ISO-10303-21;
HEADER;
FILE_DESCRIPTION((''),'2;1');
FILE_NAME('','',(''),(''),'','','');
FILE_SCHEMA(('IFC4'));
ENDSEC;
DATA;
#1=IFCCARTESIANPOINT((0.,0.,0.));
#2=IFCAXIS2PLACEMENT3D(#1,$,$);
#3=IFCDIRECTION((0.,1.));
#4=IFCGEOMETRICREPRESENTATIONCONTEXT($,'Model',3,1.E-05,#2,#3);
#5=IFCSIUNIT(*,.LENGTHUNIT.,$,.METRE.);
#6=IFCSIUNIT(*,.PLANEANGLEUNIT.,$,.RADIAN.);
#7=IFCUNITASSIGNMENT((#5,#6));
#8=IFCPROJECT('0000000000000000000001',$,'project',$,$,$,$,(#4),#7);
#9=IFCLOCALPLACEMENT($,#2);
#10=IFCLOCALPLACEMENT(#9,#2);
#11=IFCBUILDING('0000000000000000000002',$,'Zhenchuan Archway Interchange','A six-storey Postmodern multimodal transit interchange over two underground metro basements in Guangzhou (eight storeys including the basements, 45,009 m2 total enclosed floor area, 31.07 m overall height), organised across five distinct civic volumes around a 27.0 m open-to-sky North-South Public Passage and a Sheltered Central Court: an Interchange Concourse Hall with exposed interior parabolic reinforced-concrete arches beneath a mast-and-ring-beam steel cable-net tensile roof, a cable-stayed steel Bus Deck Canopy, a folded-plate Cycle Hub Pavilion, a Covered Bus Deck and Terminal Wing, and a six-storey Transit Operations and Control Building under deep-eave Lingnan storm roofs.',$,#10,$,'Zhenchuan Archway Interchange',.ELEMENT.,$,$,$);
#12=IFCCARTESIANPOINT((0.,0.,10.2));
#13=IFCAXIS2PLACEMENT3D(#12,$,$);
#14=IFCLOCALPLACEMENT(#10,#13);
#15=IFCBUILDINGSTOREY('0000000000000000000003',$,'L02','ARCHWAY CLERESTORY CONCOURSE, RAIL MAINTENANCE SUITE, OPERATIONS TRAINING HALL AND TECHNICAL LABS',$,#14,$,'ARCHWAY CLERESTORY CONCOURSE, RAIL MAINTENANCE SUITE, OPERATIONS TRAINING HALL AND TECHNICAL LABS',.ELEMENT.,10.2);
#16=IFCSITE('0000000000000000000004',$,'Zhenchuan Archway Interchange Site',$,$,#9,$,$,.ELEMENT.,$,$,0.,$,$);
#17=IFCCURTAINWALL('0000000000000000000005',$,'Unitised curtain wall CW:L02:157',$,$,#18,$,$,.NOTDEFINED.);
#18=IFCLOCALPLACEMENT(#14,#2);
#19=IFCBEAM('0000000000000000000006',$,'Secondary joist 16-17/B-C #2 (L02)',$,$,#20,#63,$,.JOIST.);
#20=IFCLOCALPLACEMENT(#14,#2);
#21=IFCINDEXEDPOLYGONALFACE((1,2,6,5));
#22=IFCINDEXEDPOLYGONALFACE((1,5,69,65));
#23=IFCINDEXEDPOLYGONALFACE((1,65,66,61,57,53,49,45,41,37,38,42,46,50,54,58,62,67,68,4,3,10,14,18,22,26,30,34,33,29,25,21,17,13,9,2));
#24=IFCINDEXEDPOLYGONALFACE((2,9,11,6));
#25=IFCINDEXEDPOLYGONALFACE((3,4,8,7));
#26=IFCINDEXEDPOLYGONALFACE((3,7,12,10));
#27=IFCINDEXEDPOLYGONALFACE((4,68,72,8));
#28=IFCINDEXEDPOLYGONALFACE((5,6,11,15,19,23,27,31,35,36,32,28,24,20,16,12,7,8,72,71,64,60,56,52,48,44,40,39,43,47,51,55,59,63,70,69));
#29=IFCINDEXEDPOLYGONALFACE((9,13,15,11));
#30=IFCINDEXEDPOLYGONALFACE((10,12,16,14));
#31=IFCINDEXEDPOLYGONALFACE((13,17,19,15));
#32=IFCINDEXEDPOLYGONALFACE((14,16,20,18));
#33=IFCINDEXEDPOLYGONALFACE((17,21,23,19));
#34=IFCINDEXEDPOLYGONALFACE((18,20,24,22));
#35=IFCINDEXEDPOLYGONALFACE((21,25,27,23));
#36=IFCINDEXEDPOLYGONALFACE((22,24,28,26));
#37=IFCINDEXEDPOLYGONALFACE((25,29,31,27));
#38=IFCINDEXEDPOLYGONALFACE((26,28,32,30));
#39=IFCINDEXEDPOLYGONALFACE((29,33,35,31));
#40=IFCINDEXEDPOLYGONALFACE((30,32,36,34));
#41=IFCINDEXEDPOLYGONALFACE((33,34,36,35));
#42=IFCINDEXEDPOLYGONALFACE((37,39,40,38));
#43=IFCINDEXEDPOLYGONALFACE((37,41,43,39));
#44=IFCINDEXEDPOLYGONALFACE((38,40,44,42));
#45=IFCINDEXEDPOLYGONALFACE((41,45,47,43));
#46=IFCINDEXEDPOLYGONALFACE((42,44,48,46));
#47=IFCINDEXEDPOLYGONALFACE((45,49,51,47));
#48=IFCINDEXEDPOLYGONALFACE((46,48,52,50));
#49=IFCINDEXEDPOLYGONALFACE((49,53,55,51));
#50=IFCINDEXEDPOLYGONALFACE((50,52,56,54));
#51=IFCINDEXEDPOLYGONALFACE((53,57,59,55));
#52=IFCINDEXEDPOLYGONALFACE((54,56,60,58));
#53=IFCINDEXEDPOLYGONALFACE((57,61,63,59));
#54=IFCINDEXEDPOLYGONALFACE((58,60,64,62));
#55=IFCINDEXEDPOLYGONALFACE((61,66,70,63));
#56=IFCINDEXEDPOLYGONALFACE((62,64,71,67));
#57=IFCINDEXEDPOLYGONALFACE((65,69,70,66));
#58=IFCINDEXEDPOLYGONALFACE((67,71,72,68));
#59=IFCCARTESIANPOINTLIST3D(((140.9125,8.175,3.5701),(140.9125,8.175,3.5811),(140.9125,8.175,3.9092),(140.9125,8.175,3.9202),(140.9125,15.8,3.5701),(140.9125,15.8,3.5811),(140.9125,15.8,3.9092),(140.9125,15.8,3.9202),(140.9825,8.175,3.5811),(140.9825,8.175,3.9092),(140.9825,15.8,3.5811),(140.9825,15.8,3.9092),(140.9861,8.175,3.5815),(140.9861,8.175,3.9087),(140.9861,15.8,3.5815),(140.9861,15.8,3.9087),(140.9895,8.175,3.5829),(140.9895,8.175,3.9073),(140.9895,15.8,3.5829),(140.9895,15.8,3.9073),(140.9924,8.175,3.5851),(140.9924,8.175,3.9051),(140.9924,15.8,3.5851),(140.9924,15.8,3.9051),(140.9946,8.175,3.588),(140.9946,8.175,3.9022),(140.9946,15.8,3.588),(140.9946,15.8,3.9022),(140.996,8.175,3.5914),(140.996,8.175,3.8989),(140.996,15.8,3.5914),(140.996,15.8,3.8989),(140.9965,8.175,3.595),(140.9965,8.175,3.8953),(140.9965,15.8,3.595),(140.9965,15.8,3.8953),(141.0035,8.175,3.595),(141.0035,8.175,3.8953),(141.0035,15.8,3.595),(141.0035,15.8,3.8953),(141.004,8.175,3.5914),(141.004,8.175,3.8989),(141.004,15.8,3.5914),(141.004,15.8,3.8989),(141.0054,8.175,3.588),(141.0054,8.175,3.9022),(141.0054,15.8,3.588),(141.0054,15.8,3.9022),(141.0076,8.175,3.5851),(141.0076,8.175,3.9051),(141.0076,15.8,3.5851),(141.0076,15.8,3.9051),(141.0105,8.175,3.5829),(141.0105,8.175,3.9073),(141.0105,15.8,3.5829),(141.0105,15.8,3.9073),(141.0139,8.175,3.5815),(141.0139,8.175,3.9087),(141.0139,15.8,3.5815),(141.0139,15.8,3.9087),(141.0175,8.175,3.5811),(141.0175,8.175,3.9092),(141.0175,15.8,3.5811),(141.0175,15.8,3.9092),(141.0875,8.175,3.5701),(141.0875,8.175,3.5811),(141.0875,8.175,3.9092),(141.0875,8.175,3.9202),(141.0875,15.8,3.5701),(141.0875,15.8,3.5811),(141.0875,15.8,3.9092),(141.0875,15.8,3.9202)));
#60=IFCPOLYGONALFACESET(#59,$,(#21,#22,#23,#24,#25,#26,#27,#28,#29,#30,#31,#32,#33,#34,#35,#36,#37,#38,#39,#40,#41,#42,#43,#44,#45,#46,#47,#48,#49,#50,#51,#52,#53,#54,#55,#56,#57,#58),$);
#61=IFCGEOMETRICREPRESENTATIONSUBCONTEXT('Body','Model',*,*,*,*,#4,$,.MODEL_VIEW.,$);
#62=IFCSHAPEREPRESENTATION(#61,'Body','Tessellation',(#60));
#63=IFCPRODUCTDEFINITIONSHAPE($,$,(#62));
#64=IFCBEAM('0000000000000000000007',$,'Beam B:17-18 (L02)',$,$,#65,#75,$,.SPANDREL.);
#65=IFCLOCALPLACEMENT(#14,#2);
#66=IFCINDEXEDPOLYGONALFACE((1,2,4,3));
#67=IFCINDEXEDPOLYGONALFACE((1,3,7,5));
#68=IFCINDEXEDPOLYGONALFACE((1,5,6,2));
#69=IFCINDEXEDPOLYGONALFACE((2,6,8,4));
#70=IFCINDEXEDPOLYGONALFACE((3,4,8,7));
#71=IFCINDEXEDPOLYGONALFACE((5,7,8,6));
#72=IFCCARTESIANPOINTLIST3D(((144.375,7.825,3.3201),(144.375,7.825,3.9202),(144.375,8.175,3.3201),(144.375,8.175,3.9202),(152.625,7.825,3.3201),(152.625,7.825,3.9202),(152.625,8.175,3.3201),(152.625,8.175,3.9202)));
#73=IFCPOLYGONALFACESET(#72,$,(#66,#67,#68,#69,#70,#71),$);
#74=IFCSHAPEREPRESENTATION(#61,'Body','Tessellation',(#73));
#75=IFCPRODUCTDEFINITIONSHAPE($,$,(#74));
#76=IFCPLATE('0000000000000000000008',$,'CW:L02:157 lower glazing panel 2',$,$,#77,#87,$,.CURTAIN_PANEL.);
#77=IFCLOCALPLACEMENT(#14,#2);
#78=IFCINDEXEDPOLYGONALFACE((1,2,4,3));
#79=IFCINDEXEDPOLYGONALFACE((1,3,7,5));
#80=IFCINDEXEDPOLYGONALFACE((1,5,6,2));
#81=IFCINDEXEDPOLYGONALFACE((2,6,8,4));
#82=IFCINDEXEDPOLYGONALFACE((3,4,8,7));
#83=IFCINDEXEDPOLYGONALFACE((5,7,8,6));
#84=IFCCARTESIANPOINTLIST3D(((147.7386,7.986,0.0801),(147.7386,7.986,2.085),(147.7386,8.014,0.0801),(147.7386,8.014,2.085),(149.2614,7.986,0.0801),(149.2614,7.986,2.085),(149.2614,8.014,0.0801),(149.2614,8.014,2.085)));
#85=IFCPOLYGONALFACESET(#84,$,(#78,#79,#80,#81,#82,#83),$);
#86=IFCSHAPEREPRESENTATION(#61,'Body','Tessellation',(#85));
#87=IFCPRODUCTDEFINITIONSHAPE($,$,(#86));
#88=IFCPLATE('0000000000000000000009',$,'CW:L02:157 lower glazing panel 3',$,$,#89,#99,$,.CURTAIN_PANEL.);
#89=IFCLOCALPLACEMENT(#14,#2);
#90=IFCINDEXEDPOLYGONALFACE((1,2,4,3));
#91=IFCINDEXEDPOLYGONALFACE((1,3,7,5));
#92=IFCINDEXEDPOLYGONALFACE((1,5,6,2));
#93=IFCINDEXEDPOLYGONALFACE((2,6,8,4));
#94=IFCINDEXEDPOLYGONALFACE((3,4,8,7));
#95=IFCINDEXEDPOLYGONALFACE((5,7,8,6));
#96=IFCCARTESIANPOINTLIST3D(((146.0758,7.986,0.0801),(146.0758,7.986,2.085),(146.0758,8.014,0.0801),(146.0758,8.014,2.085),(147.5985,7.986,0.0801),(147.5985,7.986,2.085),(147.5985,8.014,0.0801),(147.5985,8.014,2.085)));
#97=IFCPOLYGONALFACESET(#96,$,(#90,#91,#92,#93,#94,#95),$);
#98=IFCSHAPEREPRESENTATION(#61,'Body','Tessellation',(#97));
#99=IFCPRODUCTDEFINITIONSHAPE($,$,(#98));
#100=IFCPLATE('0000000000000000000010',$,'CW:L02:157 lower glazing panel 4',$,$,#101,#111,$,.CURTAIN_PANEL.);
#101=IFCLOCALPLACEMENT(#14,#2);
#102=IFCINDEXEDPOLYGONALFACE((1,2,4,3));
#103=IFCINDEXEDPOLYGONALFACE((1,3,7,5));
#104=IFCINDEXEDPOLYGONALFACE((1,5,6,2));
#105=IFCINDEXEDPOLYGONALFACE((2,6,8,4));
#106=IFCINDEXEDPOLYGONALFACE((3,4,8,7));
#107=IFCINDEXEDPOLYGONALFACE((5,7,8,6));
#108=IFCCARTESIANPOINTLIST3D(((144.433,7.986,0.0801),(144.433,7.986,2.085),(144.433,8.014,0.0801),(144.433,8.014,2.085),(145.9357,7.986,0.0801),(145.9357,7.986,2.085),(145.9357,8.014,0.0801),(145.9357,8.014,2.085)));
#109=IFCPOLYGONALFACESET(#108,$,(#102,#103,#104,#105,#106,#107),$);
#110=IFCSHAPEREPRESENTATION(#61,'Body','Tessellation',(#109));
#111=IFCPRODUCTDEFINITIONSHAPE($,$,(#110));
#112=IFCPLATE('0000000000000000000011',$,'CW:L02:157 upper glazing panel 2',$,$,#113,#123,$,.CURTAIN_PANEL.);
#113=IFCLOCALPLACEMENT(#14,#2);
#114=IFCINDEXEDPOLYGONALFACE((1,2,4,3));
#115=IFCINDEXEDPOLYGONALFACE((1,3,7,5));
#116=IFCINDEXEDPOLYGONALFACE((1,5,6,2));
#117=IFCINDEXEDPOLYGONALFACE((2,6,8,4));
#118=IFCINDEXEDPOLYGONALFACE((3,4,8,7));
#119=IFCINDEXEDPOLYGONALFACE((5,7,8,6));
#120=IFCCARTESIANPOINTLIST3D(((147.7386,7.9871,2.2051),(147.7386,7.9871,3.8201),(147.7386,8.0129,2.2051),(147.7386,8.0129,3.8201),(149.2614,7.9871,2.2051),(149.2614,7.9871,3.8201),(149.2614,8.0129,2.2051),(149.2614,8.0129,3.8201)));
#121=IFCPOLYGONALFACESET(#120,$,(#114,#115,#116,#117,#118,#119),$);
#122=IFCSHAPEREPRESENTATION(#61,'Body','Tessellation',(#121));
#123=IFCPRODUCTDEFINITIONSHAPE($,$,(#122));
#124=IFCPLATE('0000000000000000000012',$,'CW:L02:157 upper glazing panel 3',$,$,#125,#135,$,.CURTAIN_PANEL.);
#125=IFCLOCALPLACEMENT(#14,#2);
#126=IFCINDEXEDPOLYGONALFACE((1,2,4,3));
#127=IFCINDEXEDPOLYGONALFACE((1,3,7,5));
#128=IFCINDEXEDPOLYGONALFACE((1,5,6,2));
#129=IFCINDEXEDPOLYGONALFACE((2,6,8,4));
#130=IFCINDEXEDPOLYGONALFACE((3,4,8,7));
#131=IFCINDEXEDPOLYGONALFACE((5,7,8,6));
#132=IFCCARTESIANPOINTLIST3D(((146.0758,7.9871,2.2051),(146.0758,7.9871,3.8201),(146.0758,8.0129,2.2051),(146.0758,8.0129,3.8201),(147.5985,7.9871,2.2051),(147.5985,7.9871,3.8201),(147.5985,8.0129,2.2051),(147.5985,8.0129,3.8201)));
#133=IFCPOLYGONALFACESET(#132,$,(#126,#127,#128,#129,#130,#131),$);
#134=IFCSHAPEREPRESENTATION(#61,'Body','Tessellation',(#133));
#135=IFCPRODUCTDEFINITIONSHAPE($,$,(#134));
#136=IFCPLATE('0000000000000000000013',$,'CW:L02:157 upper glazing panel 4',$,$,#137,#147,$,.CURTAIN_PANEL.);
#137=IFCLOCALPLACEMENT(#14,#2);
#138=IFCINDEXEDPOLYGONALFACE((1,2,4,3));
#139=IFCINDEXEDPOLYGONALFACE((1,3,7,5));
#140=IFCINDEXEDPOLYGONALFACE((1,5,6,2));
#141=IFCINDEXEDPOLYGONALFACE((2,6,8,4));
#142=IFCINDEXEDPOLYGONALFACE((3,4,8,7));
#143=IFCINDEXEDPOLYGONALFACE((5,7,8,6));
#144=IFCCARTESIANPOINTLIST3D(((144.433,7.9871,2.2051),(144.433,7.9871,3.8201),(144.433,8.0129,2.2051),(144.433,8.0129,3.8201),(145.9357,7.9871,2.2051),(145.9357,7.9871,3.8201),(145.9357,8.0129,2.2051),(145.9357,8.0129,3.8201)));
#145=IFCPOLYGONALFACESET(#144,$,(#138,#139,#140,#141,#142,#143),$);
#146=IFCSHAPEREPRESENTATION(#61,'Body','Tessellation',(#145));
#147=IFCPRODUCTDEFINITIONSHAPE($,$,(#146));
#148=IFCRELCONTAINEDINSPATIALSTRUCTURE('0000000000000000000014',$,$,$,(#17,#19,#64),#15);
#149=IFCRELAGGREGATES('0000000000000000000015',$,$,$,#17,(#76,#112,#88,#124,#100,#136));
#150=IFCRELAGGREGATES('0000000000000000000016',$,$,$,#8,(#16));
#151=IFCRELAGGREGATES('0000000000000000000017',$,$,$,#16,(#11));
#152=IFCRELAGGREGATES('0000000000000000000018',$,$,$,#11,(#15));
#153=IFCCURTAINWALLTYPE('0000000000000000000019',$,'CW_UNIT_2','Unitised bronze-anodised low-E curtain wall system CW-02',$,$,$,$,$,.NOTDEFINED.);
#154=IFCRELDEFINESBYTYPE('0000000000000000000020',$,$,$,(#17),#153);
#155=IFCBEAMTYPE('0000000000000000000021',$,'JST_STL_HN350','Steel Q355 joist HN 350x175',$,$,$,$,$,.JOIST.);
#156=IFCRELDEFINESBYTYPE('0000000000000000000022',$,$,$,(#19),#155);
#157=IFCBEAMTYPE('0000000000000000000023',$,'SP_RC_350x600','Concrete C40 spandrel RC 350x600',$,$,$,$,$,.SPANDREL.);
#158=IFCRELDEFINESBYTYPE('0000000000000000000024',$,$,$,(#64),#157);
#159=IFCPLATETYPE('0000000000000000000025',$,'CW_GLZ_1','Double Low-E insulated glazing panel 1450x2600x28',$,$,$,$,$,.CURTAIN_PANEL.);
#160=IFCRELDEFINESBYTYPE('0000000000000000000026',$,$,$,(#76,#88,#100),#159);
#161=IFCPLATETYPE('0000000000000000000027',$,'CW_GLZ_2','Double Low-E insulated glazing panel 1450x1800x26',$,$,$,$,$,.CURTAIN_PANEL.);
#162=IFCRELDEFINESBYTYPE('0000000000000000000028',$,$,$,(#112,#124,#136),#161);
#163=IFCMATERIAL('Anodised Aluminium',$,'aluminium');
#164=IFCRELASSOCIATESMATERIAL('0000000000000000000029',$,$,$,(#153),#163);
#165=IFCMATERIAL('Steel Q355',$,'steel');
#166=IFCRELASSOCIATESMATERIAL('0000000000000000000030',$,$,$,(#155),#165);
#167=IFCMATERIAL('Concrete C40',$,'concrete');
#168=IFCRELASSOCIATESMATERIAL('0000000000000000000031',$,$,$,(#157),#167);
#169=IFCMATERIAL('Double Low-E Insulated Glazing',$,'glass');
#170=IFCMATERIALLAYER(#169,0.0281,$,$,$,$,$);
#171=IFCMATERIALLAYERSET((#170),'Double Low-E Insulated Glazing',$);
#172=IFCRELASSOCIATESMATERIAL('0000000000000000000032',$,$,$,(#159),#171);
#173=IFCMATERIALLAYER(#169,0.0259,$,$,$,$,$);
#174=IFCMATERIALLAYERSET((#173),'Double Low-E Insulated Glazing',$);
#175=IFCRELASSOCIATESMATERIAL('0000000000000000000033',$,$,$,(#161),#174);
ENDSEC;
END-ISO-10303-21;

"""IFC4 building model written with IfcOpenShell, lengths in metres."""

from ifc_helpers import new_model, si_unit, direction, frame, origin, origin_2d, place, context, subcontext, project, spatial, rectangle, i_section, extrude, material, layer, layer_set, material_profile, profile_set, type_object, element, aggregate, save


model = new_model("IFC4")

# Units and contexts
model_context = context("Model", 3, precision=1e-05, world=origin(), true_north=direction((0.0, 1.0)))
body_context = subcontext(model_context, "Body", "Model", "MODEL_VIEW")
ifc_project = project(units=[si_unit("LENGTHUNIT", "METRE"), si_unit("PLANEANGLEUNIT", "RADIAN")], contexts=[model_context])

# Site, building, storey
site_placement = place(None, origin())
site = spatial("IfcSite", under=ifc_project, at=site_placement, Name="Zhenchuan Archway Interchange Site", CompositionType="ELEMENT", RefElevation=0.0)
building_placement = place(site_placement, origin())
building = spatial("IfcBuilding", under=site, at=building_placement, Name="Zhenchuan Archway Interchange", Description="A six-storey Postmodern multimodal transit interchange over two underground metro basements in Guangzhou (eight storeys including the basements, 45,009 m2 total enclosed floor area, 31.07 m overall height), organised across five distinct civic volumes around a 27.0 m open-to-sky North-South Public Passage and a Sheltered Central Court: an Interchange Concourse Hall with exposed interior parabolic reinforced-concrete arches beneath a mast-and-ring-beam steel cable-net tensile roof, a cable-stayed steel Bus Deck Canopy, a folded-plate Cycle Hub Pavilion, a Covered Bus Deck and Terminal Wing, and a six-storey Transit Operations and Control Building under deep-eave Lingnan storm roofs.", LongName="Zhenchuan Archway Interchange", CompositionType="ELEMENT")
storey_placement = place(building_placement, frame((0.0, 0.0, 10.2)))
storey = spatial("IfcBuildingStorey", under=building, at=storey_placement, Name="L02", Description="ARCHWAY CLERESTORY CONCOURSE, RAIL MAINTENANCE SUITE, OPERATIONS TRAINING HALL AND TECHNICAL LABS", LongName="ARCHWAY CLERESTORY CONCOURSE, RAIL MAINTENANCE SUITE, OPERATIONS TRAINING HALL AND TECHNICAL LABS", CompositionType="ELEMENT", Elevation=10.2)

# Shared definitions
ifc_material_1 = material(Name="Concrete C40", Category="concrete")

# Curtain wall
ifc_material_2 = material(Name="Anodised Aluminium", Category="aluminium")
curtain_wall_type = type_object("IfcCurtainWallType", Name="CW_UNIT_2", Description="Unitised bronze-anodised low-E curtain wall system CW-02", PredefinedType="NOTDEFINED", material=ifc_material_2)
curtain_wall_placement = place(storey_placement, origin())
curtain_wall = element("IfcCurtainWall", 1, at=curtain_wall_placement, inside=storey, type_object=curtain_wall_type, Name="Unitised curtain wall CW:L02:157", PredefinedType="NOTDEFINED")

# Beams
ifc_material_3 = material(Name="Steel Q355", Category="steel")
ifc_material_profile_1 = material_profile(ifc_material_3, i_section(OverallWidth=0.175, OverallDepth=0.3501, WebThickness=0.0071, FlangeThickness=0.011, FilletRadius=0.0139, at=origin_2d()), Name="HN 350x175")
ifc_profile_set_1 = profile_set([ifc_material_profile_1], Name="Steel Q355")
beam_type_1 = type_object("IfcBeamType", Name="JST_STL_HN350", Description="Steel Q355 joist HN 350x175", PredefinedType="JOIST", material=ifc_profile_set_1)
beam_1_placement = place(storey_placement, frame((141.0, 8.175, 3.7451), z_axis=(0.0, 1.0, 0.0), x_axis=(-1.0, 0.0, 0.0)))
element("IfcBeam", 2, at=beam_1_placement, inside=storey, type_object=beam_type_1, Name="Secondary joist 16-17/B-C #2 (L02)", PredefinedType="JOIST", context=body_context, shape_type="SweptSolid", body=[
    extrude(i_section(OverallWidth=0.175, OverallDepth=0.3501, WebThickness=0.0071, FlangeThickness=0.011, FilletRadius=0.0139, at=origin_2d()), origin(), (0.0, 0.0, 1.0), 7.625),
])
ifc_material_profile_2 = material_profile(ifc_material_1, rectangle(XDim=0.3501, YDim=0.6001, at=origin_2d()), Name="RC 350x600")
ifc_profile_set_2 = profile_set([ifc_material_profile_2], Name="Concrete C40")
beam_type_2 = type_object("IfcBeamType", Name="SP_RC_350x600", Description="Concrete C40 spandrel RC 350x600", PredefinedType="SPANDREL", material=ifc_profile_set_2)
beam_2_placement = place(storey_placement, frame((144.375, 8.0, 3.6201), z_axis=(1.0, 0.0, 0.0), x_axis=(0.0, 1.0, 0.0)))
element("IfcBeam", 3, at=beam_2_placement, inside=storey, type_object=beam_type_2, Name="Beam B:17-18 (L02)", PredefinedType="SPANDREL", context=body_context, shape_type="SweptSolid", body=[
    extrude(rectangle(XDim=0.3501, YDim=0.6001, at=origin_2d()), origin(), (0.0, 0.0, 1.0), 8.25),
])

# Plates
ifc_material_4 = material(Name="Double Low-E Insulated Glazing", Category="glass")
ifc_layer_1 = layer(ifc_material_4, 0.0281)
ifc_layer_set_1 = layer_set([ifc_layer_1], Name="Double Low-E Insulated Glazing")
plate_type_1 = type_object("IfcPlateType", Name="CW_GLZ_1", Description="Double Low-E insulated glazing panel 1450x2600x28", PredefinedType="CURTAIN_PANEL", material=ifc_layer_set_1)
plate_1_placement = place(storey_placement, frame((148.5, 8.0, 0.0801), z_axis=(0.0, 0.0, 1.0), x_axis=(-1.0, 0.0, 0.0)))
plate_1 = element("IfcPlate", 4, at=plate_1_placement, type_object=plate_type_1, Name="CW:L02:157 lower glazing panel 2", PredefinedType="CURTAIN_PANEL", context=body_context, shape_type="SweptSolid", body=[
    extrude(rectangle(XDim=1.5227, YDim=0.0281, at=origin_2d()), origin(), (0.0, 0.0, 1.0), 2.0049),
])
plate_2_placement = place(storey_placement, frame((146.8372, 8.0, 0.0801), z_axis=(0.0, 0.0, 1.0), x_axis=(-1.0, 0.0, 0.0)))
plate_2 = element("IfcPlate", 5, at=plate_2_placement, type_object=plate_type_1, Name="CW:L02:157 lower glazing panel 3", PredefinedType="CURTAIN_PANEL", context=body_context, shape_type="SweptSolid", body=[
    extrude(rectangle(XDim=1.5227, YDim=0.0281, at=origin_2d()), origin(), (0.0, 0.0, 1.0), 2.0049),
])
plate_3_placement = place(storey_placement, frame((145.1843, 8.0, 0.0801), z_axis=(0.0, 0.0, 1.0), x_axis=(-1.0, 0.0, 0.0)))
plate_3 = element("IfcPlate", 6, at=plate_3_placement, type_object=plate_type_1, Name="CW:L02:157 lower glazing panel 4", PredefinedType="CURTAIN_PANEL", context=body_context, shape_type="SweptSolid", body=[
    extrude(rectangle(XDim=1.5027, YDim=0.0281, at=origin_2d()), origin(), (0.0, 0.0, 1.0), 2.0049),
])
ifc_layer_2 = layer(ifc_material_4, 0.0259)
ifc_layer_set_2 = layer_set([ifc_layer_2], Name="Double Low-E Insulated Glazing")
plate_type_2 = type_object("IfcPlateType", Name="CW_GLZ_2", Description="Double Low-E insulated glazing panel 1450x1800x26", PredefinedType="CURTAIN_PANEL", material=ifc_layer_set_2)
plate_4_placement = place(storey_placement, frame((148.5, 8.0, 2.2051), z_axis=(0.0, 0.0, 1.0), x_axis=(-1.0, 0.0, 0.0)))
plate_4 = element("IfcPlate", 7, at=plate_4_placement, type_object=plate_type_2, Name="CW:L02:157 upper glazing panel 2", PredefinedType="CURTAIN_PANEL", context=body_context, shape_type="SweptSolid", body=[
    extrude(rectangle(XDim=1.5227, YDim=0.0259, at=origin_2d()), origin(), (0.0, 0.0, 1.0), 1.615),
])
plate_5_placement = place(storey_placement, frame((146.8372, 8.0, 2.2051), z_axis=(0.0, 0.0, 1.0), x_axis=(-1.0, 0.0, 0.0)))
plate_5 = element("IfcPlate", 8, at=plate_5_placement, type_object=plate_type_2, Name="CW:L02:157 upper glazing panel 3", PredefinedType="CURTAIN_PANEL", context=body_context, shape_type="SweptSolid", body=[
    extrude(rectangle(XDim=1.5227, YDim=0.0259, at=origin_2d()), origin(), (0.0, 0.0, 1.0), 1.615),
])
plate_6_placement = place(storey_placement, frame((145.1843, 8.0, 2.2051), z_axis=(0.0, 0.0, 1.0), x_axis=(-1.0, 0.0, 0.0)))
plate_6 = element("IfcPlate", 9, at=plate_6_placement, type_object=plate_type_2, Name="CW:L02:157 upper glazing panel 4", PredefinedType="CURTAIN_PANEL", context=body_context, shape_type="SweptSolid", body=[
    extrude(rectangle(XDim=1.5027, YDim=0.0259, at=origin_2d()), origin(), (0.0, 0.0, 1.0), 1.615),
])
aggregate(curtain_wall, [plate_1, plate_4, plate_2, plate_5, plate_3, plate_6])

save(model, "model.ifc")
